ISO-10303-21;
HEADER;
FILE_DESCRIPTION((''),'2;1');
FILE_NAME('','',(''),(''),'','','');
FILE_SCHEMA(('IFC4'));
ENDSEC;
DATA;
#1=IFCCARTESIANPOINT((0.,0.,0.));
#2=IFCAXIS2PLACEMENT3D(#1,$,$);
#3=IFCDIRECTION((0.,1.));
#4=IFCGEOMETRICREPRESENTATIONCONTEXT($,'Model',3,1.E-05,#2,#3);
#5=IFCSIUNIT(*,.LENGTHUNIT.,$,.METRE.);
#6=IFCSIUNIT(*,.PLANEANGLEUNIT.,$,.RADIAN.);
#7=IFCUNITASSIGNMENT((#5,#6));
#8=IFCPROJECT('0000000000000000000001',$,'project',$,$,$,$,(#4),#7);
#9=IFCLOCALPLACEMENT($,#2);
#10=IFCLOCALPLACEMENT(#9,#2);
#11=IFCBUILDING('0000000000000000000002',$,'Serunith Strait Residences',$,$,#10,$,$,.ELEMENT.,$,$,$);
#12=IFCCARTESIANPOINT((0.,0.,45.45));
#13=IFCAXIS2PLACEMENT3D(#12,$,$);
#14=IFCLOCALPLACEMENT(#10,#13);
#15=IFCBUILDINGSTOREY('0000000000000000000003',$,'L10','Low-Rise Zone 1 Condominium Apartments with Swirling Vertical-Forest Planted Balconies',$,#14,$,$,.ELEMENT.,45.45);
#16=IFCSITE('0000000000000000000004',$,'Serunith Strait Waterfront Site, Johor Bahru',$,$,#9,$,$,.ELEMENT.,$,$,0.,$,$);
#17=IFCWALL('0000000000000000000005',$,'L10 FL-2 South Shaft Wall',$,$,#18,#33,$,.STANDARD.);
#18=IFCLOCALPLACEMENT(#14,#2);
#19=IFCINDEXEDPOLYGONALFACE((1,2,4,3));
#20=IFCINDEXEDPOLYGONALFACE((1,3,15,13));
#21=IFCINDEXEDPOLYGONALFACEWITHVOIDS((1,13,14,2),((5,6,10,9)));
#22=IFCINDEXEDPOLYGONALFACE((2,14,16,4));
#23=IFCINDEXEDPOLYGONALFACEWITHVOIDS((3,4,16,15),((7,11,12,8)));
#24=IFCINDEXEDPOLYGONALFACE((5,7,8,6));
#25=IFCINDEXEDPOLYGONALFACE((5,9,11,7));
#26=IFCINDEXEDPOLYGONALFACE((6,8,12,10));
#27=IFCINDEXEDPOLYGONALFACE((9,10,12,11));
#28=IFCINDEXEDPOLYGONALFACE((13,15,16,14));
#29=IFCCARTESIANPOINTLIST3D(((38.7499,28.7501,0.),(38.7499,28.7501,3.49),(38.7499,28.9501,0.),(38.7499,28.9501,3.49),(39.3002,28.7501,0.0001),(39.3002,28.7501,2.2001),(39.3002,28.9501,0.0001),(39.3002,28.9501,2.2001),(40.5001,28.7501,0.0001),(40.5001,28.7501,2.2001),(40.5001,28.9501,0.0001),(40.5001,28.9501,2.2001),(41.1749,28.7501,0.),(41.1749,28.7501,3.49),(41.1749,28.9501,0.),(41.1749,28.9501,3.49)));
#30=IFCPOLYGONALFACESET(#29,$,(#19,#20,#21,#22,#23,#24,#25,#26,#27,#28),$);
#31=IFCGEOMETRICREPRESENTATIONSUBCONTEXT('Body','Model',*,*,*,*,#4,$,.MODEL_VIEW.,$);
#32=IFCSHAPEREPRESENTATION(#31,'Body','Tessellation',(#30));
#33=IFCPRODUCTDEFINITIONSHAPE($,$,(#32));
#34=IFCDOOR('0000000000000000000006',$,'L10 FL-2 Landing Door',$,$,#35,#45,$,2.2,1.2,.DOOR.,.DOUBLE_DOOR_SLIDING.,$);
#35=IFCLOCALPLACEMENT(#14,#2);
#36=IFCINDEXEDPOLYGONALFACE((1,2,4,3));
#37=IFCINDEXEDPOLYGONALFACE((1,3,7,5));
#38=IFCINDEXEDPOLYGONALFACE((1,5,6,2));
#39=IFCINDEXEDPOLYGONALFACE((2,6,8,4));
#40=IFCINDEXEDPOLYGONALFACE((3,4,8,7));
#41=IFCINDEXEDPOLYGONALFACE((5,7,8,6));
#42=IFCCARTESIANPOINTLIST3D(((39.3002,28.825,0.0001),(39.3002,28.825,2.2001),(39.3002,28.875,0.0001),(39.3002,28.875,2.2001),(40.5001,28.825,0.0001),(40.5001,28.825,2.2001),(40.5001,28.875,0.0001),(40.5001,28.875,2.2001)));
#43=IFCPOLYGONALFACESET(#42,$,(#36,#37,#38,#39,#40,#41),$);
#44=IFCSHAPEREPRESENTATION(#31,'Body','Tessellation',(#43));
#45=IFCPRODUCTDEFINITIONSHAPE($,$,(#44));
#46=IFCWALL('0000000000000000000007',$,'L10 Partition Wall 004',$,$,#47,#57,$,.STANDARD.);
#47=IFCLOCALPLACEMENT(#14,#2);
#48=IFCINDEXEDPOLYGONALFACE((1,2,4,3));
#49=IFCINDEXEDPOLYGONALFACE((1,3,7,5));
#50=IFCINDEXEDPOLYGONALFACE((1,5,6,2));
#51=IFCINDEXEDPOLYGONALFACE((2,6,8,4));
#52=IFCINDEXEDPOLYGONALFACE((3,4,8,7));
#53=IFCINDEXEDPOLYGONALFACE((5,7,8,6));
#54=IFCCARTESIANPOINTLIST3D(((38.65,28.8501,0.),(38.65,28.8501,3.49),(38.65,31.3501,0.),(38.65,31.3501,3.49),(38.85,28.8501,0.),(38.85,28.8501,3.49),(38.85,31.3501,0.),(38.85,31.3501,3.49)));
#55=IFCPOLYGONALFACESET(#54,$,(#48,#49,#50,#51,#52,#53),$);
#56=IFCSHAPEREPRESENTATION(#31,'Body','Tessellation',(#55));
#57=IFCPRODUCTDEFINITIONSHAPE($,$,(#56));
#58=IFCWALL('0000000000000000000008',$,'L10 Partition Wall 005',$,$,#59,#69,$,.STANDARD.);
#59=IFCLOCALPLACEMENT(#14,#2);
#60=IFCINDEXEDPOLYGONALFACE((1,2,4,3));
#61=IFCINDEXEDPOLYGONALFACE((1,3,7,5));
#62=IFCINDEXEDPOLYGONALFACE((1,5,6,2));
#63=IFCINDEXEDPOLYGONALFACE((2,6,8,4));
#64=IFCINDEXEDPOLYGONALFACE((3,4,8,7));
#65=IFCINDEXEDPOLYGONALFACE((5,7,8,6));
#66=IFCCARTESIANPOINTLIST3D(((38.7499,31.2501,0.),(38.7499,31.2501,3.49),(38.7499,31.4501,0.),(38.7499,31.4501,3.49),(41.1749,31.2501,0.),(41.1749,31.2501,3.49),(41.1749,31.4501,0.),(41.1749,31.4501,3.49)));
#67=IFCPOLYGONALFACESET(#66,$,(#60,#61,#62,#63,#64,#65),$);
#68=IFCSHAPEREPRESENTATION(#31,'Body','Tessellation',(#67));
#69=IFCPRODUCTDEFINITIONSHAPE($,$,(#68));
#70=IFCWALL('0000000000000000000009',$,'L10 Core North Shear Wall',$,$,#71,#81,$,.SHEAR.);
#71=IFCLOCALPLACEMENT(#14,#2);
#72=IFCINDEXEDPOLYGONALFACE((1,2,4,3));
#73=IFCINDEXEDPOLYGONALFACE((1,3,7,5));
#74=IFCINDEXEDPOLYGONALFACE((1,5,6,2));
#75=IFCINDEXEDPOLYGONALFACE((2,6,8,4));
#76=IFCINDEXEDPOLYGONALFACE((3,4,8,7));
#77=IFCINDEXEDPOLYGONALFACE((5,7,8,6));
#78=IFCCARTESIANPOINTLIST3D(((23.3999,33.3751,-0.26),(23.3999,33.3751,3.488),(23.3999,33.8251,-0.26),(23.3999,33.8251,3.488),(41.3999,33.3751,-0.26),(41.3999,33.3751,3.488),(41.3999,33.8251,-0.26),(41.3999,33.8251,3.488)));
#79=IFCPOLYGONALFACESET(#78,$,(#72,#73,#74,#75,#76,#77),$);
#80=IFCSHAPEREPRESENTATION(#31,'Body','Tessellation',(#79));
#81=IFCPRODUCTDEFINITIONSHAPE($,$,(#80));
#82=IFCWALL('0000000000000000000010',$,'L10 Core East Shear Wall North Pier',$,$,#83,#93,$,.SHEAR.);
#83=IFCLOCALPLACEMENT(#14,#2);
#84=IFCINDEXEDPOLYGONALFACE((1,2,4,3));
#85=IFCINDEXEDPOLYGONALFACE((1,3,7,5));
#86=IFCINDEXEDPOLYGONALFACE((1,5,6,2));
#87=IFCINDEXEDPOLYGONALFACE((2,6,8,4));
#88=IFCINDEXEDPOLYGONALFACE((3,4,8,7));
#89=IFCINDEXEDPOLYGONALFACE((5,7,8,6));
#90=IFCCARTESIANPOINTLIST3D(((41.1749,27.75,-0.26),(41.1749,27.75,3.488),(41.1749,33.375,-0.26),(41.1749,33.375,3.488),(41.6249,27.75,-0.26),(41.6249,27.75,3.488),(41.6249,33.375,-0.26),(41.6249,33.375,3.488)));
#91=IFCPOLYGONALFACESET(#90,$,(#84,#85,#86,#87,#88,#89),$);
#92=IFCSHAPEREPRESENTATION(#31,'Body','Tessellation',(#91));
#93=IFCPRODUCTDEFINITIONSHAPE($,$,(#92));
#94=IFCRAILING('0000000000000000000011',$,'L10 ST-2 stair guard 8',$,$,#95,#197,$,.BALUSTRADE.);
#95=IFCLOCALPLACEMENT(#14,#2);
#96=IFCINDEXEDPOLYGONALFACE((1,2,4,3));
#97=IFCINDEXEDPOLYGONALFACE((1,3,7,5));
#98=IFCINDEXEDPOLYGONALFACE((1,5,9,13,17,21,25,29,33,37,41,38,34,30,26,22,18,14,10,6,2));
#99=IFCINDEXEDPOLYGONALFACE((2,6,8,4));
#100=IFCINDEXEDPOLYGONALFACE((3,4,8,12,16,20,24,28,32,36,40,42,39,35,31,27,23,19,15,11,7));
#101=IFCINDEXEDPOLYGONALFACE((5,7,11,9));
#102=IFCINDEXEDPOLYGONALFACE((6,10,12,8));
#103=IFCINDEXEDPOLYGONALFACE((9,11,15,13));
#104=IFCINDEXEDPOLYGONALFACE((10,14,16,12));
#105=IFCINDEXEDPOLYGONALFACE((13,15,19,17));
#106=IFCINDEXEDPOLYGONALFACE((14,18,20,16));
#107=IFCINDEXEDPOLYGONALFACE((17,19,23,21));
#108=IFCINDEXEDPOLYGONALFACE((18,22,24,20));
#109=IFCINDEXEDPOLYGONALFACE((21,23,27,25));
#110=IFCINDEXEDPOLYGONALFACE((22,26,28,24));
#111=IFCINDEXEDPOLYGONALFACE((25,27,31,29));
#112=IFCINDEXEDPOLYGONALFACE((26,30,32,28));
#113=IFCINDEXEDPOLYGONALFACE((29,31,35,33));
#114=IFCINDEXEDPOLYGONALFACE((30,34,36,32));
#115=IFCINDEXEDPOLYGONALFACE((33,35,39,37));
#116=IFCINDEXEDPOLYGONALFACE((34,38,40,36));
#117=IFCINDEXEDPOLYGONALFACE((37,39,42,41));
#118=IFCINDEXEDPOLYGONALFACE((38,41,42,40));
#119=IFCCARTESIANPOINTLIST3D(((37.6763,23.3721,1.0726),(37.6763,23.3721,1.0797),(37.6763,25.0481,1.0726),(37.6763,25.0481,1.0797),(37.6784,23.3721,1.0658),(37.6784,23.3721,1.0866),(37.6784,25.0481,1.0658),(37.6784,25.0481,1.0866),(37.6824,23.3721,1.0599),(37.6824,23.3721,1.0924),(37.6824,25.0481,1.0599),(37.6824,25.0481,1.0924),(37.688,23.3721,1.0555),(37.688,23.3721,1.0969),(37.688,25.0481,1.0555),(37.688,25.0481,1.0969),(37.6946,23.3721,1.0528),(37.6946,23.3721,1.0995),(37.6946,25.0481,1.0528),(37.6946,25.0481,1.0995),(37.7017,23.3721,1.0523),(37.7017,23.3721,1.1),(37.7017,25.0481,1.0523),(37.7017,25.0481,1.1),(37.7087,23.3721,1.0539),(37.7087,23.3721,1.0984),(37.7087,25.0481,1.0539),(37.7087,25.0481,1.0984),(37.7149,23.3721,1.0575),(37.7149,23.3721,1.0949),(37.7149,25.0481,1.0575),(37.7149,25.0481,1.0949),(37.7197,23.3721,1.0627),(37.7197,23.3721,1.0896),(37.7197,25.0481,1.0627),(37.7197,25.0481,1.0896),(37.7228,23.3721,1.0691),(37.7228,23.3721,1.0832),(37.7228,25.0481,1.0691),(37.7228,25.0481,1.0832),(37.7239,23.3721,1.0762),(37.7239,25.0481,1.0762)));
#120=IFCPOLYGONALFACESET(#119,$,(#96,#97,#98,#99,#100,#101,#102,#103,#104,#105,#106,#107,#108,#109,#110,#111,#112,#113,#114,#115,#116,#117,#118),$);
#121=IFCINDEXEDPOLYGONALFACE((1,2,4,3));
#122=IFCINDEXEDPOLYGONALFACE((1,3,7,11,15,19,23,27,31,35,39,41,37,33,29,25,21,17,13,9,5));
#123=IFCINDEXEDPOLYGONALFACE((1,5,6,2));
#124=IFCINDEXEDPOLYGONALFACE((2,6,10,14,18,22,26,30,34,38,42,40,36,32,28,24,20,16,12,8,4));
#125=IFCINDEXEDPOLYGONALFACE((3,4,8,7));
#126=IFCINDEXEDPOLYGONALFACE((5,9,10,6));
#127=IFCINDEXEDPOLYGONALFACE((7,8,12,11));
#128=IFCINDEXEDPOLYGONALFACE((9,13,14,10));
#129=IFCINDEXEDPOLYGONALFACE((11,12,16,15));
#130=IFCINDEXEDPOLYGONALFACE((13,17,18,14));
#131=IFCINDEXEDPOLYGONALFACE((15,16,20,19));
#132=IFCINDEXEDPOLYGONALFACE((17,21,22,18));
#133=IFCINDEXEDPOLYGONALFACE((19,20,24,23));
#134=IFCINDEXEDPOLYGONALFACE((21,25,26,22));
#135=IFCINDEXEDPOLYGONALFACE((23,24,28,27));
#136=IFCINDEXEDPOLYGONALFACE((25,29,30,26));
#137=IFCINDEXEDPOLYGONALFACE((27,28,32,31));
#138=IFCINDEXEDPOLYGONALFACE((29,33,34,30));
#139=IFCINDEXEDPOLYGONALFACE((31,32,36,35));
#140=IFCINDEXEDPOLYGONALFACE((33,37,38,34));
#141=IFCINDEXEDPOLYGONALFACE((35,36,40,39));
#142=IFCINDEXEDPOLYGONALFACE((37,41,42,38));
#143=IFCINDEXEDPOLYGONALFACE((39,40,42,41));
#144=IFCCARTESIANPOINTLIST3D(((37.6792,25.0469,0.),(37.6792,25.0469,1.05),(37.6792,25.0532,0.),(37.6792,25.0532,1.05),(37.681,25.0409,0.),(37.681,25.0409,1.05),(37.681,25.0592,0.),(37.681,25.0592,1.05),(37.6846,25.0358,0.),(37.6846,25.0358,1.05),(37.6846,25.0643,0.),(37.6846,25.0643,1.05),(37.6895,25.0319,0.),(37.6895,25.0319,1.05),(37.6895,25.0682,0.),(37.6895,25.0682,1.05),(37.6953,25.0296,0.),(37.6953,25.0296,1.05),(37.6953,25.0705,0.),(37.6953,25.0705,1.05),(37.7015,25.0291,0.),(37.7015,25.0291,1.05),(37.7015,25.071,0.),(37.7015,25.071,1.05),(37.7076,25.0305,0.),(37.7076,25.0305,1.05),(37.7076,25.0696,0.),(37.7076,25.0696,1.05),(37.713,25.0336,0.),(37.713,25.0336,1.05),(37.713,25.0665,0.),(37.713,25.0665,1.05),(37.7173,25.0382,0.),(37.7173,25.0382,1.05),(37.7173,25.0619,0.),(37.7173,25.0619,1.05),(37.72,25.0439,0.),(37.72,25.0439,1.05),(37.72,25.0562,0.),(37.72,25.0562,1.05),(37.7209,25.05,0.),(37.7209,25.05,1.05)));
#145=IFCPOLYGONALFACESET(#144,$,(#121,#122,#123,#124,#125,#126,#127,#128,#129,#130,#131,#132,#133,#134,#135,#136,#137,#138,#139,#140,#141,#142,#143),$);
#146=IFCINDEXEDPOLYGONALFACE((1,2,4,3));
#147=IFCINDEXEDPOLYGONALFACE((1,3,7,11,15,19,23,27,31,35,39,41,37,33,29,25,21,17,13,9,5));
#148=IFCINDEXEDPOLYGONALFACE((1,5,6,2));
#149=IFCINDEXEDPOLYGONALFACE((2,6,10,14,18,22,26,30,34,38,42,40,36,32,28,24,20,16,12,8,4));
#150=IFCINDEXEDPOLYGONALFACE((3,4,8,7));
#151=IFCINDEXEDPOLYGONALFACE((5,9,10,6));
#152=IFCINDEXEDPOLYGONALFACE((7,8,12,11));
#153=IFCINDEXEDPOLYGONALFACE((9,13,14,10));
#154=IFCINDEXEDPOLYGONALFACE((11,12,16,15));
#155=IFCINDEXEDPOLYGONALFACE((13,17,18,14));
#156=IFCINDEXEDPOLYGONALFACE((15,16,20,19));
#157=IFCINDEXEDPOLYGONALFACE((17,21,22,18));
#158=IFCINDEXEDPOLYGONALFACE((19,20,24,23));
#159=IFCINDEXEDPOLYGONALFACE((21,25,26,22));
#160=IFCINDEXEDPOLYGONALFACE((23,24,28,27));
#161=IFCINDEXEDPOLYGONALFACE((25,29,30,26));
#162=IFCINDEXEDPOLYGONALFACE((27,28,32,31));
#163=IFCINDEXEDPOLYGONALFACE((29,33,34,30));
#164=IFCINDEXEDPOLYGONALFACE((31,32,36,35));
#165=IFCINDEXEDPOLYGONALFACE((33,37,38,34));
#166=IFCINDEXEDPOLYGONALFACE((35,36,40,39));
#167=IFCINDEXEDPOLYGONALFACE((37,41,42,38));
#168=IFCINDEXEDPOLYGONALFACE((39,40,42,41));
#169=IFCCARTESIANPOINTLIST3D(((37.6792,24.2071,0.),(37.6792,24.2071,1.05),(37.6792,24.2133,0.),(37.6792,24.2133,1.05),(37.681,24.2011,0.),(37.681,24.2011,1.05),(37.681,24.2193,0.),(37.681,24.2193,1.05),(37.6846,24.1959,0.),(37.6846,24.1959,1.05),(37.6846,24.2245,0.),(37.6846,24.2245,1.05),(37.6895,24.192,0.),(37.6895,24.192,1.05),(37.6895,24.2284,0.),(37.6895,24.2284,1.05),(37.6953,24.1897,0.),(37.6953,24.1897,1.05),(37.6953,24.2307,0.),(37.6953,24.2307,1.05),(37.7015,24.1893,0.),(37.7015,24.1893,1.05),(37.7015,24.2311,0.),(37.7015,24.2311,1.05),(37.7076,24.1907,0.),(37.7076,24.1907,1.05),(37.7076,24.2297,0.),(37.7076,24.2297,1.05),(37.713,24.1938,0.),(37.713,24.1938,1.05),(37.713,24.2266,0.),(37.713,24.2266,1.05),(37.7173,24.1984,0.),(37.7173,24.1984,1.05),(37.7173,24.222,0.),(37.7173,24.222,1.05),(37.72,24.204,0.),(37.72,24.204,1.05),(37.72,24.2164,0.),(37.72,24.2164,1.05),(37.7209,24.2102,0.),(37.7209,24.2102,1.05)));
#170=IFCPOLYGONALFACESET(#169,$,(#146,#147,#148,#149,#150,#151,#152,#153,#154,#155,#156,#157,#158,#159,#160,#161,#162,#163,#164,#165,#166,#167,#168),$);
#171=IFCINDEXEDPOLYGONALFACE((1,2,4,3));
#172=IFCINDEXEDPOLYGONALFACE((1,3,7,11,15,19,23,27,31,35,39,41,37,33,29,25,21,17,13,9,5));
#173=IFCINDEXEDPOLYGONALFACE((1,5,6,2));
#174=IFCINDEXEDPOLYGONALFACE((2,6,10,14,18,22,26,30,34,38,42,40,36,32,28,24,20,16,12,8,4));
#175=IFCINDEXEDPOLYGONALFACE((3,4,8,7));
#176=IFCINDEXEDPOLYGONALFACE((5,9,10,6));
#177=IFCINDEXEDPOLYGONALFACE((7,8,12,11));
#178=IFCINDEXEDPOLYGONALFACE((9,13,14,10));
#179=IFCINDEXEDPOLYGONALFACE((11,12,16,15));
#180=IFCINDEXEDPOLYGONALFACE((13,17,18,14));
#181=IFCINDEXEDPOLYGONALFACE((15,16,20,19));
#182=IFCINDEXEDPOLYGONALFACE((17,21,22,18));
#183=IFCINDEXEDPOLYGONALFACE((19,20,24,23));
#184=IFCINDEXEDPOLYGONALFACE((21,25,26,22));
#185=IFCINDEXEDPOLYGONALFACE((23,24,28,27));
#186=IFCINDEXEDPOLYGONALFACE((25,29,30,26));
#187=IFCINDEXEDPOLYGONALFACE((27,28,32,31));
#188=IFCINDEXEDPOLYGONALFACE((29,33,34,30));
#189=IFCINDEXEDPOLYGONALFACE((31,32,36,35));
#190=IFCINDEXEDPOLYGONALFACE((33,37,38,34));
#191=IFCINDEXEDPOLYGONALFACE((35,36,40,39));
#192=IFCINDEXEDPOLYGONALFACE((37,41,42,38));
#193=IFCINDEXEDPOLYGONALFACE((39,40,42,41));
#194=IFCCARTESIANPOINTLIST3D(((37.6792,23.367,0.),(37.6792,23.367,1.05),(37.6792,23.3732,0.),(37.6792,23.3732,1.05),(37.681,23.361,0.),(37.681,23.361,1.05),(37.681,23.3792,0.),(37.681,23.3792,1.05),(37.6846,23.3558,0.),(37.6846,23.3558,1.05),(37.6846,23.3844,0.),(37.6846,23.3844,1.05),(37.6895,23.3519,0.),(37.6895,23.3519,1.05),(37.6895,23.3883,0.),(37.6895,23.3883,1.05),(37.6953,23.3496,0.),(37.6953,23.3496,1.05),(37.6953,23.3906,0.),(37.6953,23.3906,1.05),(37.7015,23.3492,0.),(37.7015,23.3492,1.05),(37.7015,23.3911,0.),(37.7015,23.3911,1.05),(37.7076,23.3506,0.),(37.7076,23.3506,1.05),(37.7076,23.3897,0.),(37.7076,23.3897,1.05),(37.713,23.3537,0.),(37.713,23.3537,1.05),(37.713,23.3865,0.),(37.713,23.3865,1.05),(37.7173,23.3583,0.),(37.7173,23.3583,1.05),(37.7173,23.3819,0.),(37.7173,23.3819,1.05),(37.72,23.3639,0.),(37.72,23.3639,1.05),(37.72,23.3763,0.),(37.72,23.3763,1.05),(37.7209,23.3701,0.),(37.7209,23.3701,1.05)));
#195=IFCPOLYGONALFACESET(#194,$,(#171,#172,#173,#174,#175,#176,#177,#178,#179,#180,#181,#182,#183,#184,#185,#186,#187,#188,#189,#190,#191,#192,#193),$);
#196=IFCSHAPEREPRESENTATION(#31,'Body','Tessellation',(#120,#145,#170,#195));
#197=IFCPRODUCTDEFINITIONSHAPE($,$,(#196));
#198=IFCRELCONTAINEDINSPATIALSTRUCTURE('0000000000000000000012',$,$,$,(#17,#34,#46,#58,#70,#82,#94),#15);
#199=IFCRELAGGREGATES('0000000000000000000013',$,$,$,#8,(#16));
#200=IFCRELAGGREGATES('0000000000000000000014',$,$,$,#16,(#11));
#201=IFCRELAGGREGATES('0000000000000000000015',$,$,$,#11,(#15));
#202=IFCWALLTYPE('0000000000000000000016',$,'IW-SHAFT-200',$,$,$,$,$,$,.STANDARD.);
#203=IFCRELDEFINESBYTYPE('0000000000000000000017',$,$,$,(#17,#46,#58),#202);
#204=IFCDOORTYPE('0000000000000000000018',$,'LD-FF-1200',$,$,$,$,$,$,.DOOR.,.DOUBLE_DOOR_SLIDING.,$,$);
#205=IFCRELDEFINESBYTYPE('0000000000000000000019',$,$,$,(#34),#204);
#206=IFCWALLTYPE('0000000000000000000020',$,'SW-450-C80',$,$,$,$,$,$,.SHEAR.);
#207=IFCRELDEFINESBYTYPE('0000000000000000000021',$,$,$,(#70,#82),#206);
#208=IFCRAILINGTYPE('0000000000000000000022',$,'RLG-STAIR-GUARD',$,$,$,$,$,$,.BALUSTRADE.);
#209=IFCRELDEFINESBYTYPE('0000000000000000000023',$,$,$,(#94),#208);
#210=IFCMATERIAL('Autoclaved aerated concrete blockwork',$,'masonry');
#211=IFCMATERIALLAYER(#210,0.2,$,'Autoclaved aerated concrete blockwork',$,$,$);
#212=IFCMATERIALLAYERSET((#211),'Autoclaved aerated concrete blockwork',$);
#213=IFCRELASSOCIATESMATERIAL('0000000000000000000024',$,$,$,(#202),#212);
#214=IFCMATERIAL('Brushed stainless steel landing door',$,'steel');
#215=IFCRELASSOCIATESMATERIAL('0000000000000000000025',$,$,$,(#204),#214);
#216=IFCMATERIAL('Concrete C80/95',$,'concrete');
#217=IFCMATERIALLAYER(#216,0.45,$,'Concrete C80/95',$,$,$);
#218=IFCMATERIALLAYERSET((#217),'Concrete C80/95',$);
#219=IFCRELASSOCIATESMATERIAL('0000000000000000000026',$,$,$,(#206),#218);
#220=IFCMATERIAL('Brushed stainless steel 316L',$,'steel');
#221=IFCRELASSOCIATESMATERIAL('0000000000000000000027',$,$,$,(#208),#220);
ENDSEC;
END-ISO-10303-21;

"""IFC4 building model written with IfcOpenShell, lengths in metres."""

from ifc_helpers import new_model, si_unit, direction, frame, frame_2d, origin, origin_2d, place, context, subcontext, project, spatial, rectangle, circle, extrude, source, transform, mapped, material, layer, layer_set, type_object, element, fill, save


model = new_model("IFC4")

# Units and contexts
model_context = context("Model", 3, precision=1e-05, world=origin(), true_north=direction((0.0, 1.0)))
body_context = subcontext(model_context, "Body", "Model", "MODEL_VIEW")
ifc_project = project(units=[si_unit("LENGTHUNIT", "METRE"), si_unit("PLANEANGLEUNIT", "RADIAN")], contexts=[model_context])

# Site, building, storey
site_placement = place(None, origin())
site = spatial("IfcSite", under=ifc_project, at=site_placement, Name="Serunith Strait Waterfront Site, Johor Bahru", CompositionType="ELEMENT", RefElevation=0.0)
building_placement = place(site_placement, origin())
building = spatial("IfcBuilding", under=site, at=building_placement, Name="Serunith Strait Residences", CompositionType="ELEMENT")
storey_placement = place(building_placement, frame((0.0, 0.0, 45.45)))
storey = spatial("IfcBuildingStorey", under=building, at=storey_placement, Name="L10", Description="Low-Rise Zone 1 Condominium Apartments with Swirling Vertical-Forest Planted Balconies", CompositionType="ELEMENT", Elevation=45.45)

# Wall, opening, door
ifc_material_1 = material(Name="Autoclaved aerated concrete blockwork", Category="masonry")
ifc_layer_1 = layer(ifc_material_1, 0.2, Name="Autoclaved aerated concrete blockwork")
ifc_layer_set_1 = layer_set([ifc_layer_1], Name="Autoclaved aerated concrete blockwork")
wall_type_1 = type_object("IfcWallType", Name="IW-SHAFT-200", PredefinedType="STANDARD", material=ifc_layer_set_1)
wall_1_placement = place(storey_placement, frame((38.75, 28.8501, 0.0), z_axis=(0.0, 0.0, 1.0), x_axis=(1.0, 0.0, 0.0)))
wall_1 = element("IfcWall", 1, at=wall_1_placement, inside=storey, type_object=wall_type_1, Name="L10 FL-2 South Shaft Wall", PredefinedType="STANDARD", context=body_context, shape_type="SweptSolid", body=[
    extrude(rectangle(XDim=2.425, YDim=0.2, at=frame_2d((1.2124, 0.0))), origin(), (0.0, 0.0, 1.0), 3.49),
])
opening_1_placement = place(wall_1_placement, frame((0.55, 0.0, 0.0)))
opening_1 = element("IfcOpeningElement", 2, at=opening_1_placement, cuts=wall_1, PredefinedType="OPENING", context=body_context, shape_type="SweptSolid", body=[
    extrude(rectangle(XDim=1.2, YDim=2.2, at=frame_2d((0.6001, 1.1001))), frame((0.0, 0.1099, 0.0), z_axis=(0.0, -1.0, 0.0), x_axis=(1.0, 0.0, 0.0)), (0.0, 0.0, 1.0), 0.22),
])
ifc_material_2 = material(Name="Brushed stainless steel landing door", Category="steel")
door_type_1 = type_object("IfcDoorType", Name="LD-FF-1200", OperationType="DOUBLE_DOOR_SLIDING", PredefinedType="DOOR", material=ifc_material_2)
shared_shape_1 = source(origin(), body_context, "Body", "SweptSolid", [
    extrude(rectangle(XDim=1.2, YDim=2.2, at=frame_2d((0.6001, 1.1001))), frame((0.0, 0.0249, 0.0), z_axis=(0.0, -1.0, 0.0), x_axis=(1.0, 0.0, 0.0)), (0.0, 0.0, 1.0), 0.05),
])
door_1_placement = place(opening_1_placement, origin())
door_1 = element("IfcDoor", 3, at=door_1_placement, inside=storey, type_object=door_type_1, Name="L10 FL-2 Landing Door", OperationType="DOUBLE_DOOR_SLIDING", OverallHeight=2.2, OverallWidth=1.2, PredefinedType="DOOR", context=body_context, shape_type="MappedRepresentation", body=[
    mapped(shared_shape_1, transform((0.0, 0.0, 0.0), scale=1.0)),
])
fill(opening_1, door_1)

# Walls
wall_2_placement = place(storey_placement, frame((38.75, 28.8501, 0.0), z_axis=(0.0, 0.0, 1.0), x_axis=(0.0, 1.0, 0.0)))
element("IfcWall", 4, at=wall_2_placement, inside=storey, type_object=wall_type_1, Name="L10 Partition Wall 004", PredefinedType="STANDARD", context=body_context, shape_type="SweptSolid", body=[
    extrude(rectangle(XDim=2.5, YDim=0.2, at=frame_2d((1.25, 0.0))), origin(), (0.0, 0.0, 1.0), 3.49),
])
wall_3_placement = place(storey_placement, frame((38.75, 31.3501, 0.0), z_axis=(0.0, 0.0, 1.0), x_axis=(1.0, 0.0, 0.0)))
element("IfcWall", 5, at=wall_3_placement, inside=storey, type_object=wall_type_1, Name="L10 Partition Wall 005", PredefinedType="STANDARD", context=body_context, shape_type="SweptSolid", body=[
    extrude(rectangle(XDim=2.425, YDim=0.2, at=frame_2d((1.2124, 0.0))), origin(), (0.0, 0.0, 1.0), 3.49),
])

# Walls
ifc_material_3 = material(Name="Concrete C80/95", Category="concrete")
ifc_layer_2 = layer(ifc_material_3, 0.45, Name="Concrete C80/95")
ifc_layer_set_2 = layer_set([ifc_layer_2], Name="Concrete C80/95")
wall_type_2 = type_object("IfcWallType", Name="SW-450-C80", PredefinedType="SHEAR", material=ifc_layer_set_2)
wall_4_placement = place(storey_placement, frame((41.3999, 33.6001, -0.26), z_axis=(0.0, 0.0, 1.0), x_axis=(-1.0, 0.0, 0.0)))
element("IfcWall", 6, at=wall_4_placement, inside=storey, type_object=wall_type_2, Name="L10 Core North Shear Wall", PredefinedType="SHEAR", context=body_context, shape_type="SweptSolid", body=[
    extrude(rectangle(XDim=18.0, YDim=0.45, at=frame_2d((9.0, 0.0))), origin(), (0.0, 0.0, 1.0), 3.748),
])
wall_5_placement = place(storey_placement, frame((41.3999, 27.75, -0.26), z_axis=(0.0, 0.0, 1.0), x_axis=(0.0, 1.0, 0.0)))
element("IfcWall", 7, at=wall_5_placement, inside=storey, type_object=wall_type_2, Name="L10 Core East Shear Wall North Pier", PredefinedType="SHEAR", context=body_context, shape_type="SweptSolid", body=[
    extrude(rectangle(XDim=5.625, YDim=0.45, at=frame_2d((2.8125, 0.0))), origin(), (0.0, 0.0, 1.0), 3.748),
])

# Railing
ifc_material_4 = material(Name="Brushed stainless steel 316L", Category="steel")
railing_type = type_object("IfcRailingType", Name="RLG-STAIR-GUARD", PredefinedType="BALUSTRADE", material=ifc_material_4)
for number, where, name in (
    (8, (37.7, 25.05, 0.0), "L10 ST-2 stair guard 8"),
):
    element("IfcRailing", number, at=place(storey_placement, frame(where)), inside=storey, type_object=railing_type, Name=name, PredefinedType="BALUSTRADE", context=body_context, shape_type="SweptSolid", body=[
        extrude(circle(Radius=0.0239, at=origin_2d()), frame((0.0, -0.002, 1.0762), z_axis=(0.0, -1.0, 0.0), x_axis=(1.0, 0.0, 0.0)), (0.0, 0.0, 1.0), 1.676),
        extrude(circle(Radius=0.021, at=origin_2d()), origin(), (0.0, 0.0, 1.0), 1.05),
        extrude(circle(Radius=0.021, at=origin_2d()), frame((0.0, -0.8398, 0.0)), (0.0, 0.0, 1.0), 1.05),
        extrude(circle(Radius=0.021, at=origin_2d()), frame((0.0, -1.6799, 0.0)), (0.0, 0.0, 1.0), 1.05),
    ])

save(model, "model.ifc")
